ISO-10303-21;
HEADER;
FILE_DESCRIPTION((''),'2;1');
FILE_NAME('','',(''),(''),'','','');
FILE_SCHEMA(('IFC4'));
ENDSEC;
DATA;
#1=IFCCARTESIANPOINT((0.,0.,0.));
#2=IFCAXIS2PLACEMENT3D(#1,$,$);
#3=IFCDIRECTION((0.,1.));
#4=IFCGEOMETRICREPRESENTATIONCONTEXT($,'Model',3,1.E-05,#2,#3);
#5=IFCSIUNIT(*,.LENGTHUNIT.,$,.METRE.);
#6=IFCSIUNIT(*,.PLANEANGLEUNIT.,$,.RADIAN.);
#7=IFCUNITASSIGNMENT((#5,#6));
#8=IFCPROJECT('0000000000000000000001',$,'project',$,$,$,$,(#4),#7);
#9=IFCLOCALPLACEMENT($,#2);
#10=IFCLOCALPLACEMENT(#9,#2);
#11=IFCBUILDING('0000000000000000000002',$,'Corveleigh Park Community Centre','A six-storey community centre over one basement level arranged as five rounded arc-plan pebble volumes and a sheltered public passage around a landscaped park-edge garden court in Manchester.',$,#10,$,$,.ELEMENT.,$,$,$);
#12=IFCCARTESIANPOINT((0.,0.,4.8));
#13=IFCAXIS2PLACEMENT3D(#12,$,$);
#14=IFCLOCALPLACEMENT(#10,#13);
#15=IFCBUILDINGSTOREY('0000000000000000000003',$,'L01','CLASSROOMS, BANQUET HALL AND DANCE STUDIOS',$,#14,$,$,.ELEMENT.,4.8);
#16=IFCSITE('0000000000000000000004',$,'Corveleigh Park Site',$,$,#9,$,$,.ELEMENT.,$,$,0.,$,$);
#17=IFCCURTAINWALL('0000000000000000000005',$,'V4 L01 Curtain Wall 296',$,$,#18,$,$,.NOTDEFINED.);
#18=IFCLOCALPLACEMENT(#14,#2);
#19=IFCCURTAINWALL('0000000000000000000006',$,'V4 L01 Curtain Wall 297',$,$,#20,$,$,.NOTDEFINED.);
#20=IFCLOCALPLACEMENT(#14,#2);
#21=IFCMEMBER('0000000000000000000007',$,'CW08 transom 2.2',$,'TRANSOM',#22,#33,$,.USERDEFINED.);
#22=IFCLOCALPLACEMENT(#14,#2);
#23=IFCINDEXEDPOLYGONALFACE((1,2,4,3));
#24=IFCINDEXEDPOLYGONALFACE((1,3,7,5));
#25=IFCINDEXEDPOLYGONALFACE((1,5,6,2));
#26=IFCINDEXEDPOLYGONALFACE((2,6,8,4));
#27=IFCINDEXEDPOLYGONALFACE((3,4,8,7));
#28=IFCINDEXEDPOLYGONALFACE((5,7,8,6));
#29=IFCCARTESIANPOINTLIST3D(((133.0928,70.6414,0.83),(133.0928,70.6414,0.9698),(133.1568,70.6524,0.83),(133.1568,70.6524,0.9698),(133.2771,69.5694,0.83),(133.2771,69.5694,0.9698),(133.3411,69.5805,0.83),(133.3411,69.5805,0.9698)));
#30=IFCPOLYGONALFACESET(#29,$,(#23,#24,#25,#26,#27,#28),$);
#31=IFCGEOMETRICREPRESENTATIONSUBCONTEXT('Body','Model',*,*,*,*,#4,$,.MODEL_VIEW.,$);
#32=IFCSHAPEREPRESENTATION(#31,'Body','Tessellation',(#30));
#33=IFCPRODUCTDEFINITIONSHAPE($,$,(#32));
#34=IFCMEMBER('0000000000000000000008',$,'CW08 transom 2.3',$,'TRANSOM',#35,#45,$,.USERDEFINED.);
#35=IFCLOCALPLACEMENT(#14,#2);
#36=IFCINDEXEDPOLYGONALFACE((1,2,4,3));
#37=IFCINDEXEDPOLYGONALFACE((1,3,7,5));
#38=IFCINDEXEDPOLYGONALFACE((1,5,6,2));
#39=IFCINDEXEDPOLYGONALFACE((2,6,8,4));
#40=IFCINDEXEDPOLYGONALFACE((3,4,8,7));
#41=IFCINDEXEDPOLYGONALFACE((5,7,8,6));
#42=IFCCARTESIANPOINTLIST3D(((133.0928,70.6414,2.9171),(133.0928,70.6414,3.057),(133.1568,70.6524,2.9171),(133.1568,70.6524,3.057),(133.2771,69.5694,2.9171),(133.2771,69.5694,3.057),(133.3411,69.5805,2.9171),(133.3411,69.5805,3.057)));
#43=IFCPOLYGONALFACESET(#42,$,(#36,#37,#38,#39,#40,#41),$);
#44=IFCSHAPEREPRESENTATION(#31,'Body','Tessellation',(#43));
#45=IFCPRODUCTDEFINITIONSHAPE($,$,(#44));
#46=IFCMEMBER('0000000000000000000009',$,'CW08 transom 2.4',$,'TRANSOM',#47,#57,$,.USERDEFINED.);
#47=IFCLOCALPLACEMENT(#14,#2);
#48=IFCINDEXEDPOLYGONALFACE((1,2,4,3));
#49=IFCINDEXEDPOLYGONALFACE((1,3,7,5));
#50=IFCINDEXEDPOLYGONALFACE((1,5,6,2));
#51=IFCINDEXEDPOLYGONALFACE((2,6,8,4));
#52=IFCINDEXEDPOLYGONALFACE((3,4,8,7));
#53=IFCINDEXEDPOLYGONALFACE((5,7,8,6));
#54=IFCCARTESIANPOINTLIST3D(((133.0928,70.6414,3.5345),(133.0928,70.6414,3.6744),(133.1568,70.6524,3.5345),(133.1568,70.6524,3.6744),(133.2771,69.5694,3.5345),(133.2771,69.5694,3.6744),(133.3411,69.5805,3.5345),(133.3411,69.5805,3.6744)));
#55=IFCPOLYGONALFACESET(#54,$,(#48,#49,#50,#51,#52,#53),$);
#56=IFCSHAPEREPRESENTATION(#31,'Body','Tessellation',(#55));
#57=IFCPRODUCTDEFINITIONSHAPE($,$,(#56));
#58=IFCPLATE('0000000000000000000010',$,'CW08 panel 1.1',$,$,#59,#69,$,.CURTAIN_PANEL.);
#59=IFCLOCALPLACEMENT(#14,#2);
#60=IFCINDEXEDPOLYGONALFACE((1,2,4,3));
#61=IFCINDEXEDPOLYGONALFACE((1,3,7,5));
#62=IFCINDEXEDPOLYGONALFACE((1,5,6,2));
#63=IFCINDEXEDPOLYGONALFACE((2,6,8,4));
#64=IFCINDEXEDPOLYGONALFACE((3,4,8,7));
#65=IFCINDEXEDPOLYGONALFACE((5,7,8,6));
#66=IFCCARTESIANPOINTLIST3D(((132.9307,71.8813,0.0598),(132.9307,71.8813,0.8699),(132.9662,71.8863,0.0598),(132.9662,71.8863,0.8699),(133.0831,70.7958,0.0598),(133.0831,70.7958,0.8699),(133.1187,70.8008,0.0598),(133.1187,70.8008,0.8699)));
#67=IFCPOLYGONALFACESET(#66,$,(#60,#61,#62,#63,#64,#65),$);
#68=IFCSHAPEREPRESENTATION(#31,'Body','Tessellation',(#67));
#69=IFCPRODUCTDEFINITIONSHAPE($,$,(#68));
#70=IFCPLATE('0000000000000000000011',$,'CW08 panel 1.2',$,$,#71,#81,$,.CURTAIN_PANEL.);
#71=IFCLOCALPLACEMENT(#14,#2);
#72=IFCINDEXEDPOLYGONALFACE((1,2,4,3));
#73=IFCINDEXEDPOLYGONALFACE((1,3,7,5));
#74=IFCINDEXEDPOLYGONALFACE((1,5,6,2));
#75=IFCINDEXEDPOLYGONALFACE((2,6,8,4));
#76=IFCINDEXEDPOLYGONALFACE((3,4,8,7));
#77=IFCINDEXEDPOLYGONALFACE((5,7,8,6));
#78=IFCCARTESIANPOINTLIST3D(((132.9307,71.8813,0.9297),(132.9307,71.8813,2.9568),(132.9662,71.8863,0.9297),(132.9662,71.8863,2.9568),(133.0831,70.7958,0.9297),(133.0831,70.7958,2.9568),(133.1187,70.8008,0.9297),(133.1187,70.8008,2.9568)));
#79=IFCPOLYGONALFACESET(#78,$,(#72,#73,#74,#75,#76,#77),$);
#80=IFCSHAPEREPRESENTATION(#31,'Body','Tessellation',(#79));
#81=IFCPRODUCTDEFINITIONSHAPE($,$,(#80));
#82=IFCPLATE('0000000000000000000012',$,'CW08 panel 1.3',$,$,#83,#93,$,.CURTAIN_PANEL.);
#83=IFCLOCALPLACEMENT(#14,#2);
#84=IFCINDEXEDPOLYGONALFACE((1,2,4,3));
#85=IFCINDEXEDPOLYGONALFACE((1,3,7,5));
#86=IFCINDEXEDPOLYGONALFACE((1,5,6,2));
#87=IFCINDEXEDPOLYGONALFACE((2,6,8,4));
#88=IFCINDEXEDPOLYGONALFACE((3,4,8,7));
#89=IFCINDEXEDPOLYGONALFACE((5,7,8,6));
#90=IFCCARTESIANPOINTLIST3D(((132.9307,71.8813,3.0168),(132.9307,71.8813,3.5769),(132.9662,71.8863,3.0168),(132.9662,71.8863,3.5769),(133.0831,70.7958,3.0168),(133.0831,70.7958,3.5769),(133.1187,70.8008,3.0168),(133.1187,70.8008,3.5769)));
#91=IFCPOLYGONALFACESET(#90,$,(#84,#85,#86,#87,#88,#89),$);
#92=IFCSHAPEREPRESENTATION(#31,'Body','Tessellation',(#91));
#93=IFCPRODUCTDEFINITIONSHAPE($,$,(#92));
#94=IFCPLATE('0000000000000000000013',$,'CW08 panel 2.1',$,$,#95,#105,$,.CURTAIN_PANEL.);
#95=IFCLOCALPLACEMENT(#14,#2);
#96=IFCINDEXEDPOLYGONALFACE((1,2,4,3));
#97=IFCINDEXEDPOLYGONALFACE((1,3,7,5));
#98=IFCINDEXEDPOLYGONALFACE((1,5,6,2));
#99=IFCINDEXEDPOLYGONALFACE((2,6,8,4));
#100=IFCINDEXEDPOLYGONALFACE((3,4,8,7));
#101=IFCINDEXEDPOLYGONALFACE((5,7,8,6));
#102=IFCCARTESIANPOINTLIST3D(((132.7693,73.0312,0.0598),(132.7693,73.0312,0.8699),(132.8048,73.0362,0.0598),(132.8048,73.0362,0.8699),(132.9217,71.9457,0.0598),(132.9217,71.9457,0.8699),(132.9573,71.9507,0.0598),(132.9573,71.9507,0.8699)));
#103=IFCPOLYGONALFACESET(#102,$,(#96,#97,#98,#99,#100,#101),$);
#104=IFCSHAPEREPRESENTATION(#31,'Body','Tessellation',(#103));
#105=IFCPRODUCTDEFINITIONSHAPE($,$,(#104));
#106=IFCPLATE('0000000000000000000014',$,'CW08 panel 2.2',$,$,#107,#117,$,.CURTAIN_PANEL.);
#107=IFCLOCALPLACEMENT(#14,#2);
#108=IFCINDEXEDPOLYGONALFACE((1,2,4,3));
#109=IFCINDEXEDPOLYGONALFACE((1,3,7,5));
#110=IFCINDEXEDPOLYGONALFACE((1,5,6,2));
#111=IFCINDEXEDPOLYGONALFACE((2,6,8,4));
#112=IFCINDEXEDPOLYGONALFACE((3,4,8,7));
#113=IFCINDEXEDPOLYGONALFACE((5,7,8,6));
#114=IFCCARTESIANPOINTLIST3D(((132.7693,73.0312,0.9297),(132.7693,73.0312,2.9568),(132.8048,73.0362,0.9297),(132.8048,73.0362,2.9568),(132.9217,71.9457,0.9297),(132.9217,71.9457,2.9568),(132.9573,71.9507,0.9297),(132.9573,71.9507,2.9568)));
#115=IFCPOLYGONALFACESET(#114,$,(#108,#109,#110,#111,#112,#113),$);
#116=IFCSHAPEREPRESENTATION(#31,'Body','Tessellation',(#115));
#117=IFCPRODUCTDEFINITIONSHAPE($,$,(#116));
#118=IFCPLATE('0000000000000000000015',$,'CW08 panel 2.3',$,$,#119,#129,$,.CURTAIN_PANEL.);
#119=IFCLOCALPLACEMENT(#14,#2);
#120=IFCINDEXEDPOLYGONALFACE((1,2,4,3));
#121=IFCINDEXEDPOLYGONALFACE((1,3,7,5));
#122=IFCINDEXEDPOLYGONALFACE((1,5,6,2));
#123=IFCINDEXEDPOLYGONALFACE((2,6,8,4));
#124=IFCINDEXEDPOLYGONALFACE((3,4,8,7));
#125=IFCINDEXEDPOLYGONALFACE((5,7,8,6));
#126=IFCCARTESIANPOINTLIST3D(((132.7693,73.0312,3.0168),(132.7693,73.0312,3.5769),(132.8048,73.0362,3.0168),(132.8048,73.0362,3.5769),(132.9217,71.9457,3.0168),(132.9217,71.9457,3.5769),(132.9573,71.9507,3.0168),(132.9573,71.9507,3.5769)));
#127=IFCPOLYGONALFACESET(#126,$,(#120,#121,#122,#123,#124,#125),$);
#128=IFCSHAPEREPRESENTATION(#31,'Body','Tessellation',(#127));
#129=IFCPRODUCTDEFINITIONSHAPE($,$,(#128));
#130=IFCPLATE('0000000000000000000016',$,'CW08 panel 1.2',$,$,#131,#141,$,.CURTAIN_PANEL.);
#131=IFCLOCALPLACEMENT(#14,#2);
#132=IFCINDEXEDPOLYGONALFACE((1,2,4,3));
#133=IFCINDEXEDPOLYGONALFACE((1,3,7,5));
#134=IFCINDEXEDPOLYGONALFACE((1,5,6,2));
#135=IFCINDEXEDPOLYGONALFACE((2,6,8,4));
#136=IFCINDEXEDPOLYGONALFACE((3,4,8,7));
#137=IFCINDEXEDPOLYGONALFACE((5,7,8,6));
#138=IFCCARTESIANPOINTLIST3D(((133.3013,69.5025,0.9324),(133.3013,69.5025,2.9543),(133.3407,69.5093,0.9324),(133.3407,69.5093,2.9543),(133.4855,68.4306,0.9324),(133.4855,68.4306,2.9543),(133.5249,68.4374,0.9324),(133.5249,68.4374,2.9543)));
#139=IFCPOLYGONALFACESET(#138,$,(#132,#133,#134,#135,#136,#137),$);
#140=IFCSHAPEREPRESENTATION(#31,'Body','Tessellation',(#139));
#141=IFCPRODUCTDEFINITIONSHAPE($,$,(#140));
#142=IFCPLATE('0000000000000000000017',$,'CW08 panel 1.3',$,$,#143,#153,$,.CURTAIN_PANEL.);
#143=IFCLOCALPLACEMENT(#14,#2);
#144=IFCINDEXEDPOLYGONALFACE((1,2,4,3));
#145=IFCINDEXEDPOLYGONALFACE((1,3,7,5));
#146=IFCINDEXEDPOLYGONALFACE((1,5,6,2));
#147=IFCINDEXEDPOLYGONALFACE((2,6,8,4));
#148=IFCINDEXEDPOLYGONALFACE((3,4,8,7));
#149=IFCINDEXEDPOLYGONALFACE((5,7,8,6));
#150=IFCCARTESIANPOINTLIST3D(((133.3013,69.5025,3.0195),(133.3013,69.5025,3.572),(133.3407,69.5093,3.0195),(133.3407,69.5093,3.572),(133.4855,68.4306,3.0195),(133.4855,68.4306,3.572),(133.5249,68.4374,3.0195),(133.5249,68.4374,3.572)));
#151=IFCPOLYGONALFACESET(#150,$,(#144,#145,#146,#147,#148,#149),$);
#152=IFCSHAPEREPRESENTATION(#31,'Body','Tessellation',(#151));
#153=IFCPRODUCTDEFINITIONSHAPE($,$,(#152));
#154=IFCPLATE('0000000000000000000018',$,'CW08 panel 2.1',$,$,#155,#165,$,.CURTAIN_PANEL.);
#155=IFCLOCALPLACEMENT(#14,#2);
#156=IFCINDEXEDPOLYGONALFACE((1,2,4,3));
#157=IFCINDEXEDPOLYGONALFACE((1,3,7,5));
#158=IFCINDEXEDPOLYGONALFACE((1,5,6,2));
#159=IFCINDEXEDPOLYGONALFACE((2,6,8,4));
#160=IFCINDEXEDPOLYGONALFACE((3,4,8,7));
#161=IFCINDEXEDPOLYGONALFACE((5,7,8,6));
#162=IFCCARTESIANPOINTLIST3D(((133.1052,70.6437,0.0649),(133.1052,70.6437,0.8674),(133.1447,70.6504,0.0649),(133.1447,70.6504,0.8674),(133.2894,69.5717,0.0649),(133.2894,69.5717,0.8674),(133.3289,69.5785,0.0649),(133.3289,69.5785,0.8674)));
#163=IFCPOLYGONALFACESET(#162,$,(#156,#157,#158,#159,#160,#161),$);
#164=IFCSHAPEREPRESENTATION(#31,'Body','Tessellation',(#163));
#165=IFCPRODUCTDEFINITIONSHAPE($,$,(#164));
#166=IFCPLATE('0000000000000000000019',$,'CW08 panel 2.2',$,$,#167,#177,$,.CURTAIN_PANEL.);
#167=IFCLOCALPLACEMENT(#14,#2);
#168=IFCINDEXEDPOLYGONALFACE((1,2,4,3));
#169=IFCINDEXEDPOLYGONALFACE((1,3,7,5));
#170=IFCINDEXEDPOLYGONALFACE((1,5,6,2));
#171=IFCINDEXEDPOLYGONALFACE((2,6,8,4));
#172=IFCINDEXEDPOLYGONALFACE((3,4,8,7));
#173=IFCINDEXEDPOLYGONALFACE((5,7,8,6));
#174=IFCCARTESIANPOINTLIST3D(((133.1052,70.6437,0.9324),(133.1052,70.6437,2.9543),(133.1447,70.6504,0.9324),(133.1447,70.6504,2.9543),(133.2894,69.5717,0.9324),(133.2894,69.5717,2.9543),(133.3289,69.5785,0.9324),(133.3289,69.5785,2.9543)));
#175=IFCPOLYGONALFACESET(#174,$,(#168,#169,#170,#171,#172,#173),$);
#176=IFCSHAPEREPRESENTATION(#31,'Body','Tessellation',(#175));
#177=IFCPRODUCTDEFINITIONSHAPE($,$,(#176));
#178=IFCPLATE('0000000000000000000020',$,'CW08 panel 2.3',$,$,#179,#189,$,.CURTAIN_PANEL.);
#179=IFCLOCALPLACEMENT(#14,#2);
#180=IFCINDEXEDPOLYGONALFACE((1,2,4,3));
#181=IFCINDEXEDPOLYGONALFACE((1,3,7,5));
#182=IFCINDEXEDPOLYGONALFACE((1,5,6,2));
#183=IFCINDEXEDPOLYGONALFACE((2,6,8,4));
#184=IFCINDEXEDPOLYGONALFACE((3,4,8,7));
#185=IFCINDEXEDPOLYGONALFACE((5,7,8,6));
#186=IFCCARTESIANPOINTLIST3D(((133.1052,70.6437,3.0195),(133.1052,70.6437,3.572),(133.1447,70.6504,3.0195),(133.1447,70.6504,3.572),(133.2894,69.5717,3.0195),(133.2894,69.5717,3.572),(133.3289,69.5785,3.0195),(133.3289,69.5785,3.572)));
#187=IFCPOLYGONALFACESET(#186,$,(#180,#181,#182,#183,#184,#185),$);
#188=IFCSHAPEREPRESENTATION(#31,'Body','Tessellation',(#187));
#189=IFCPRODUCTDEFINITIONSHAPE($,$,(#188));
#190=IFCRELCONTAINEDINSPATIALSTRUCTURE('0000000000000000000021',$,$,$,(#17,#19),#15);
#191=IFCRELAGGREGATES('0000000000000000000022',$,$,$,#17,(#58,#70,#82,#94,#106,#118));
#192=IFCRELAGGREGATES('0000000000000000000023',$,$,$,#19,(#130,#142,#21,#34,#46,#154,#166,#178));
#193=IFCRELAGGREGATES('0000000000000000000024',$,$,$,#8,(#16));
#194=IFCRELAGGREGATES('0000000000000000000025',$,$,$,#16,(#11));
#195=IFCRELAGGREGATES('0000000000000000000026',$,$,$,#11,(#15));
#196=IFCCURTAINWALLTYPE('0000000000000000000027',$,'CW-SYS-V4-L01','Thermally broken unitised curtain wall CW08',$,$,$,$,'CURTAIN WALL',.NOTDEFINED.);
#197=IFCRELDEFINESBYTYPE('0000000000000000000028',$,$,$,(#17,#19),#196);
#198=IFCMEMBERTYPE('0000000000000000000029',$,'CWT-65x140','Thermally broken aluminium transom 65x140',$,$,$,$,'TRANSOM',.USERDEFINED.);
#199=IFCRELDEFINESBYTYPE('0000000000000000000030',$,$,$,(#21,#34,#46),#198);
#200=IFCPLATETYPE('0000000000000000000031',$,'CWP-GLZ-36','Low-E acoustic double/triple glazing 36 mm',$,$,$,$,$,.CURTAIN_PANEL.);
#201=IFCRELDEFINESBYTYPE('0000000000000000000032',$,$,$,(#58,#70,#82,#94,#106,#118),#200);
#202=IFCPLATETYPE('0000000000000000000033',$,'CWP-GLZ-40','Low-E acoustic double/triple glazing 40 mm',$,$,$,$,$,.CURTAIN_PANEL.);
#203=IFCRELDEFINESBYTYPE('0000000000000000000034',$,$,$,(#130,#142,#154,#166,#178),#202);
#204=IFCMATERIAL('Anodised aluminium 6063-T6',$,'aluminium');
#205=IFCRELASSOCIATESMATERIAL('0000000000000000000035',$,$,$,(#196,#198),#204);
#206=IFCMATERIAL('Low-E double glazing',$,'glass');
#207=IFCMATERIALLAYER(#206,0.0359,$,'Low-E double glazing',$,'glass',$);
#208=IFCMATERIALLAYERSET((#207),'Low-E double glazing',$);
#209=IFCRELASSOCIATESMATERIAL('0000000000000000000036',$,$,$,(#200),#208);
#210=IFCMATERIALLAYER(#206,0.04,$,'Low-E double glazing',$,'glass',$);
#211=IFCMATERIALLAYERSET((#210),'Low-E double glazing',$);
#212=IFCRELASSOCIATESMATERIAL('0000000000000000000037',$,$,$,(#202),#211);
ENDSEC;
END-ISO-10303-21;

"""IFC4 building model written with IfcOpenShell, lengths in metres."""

from ifc_helpers import new_model, si_unit, direction, frame, origin, origin_2d, place, context, subcontext, project, spatial, rectangle, extrude, material, layer, layer_set, material_profile, profile_set, type_object, element, aggregate, save


model = new_model("IFC4")

# Units and contexts
model_context = context("Model", 3, precision=1e-05, world=origin(), true_north=direction((0.0, 1.0)))
body_context = subcontext(model_context, "Body", "Model", "MODEL_VIEW")
ifc_project = project(units=[si_unit("LENGTHUNIT", "METRE"), si_unit("PLANEANGLEUNIT", "RADIAN")], contexts=[model_context])

# Site, building, storey
site_placement = place(None, origin())
site = spatial("IfcSite", under=ifc_project, at=site_placement, Name="Corveleigh Park Site", CompositionType="ELEMENT", RefElevation=0.0)
building_placement = place(site_placement, origin())
building = spatial("IfcBuilding", under=site, at=building_placement, Name="Corveleigh Park Community Centre", Description="A six-storey community centre over one basement level arranged as five rounded arc-plan pebble volumes and a sheltered public passage around a landscaped park-edge garden court in Manchester.", CompositionType="ELEMENT")
storey_placement = place(building_placement, frame((0.0, 0.0, 4.8)))
storey = spatial("IfcBuildingStorey", under=building, at=storey_placement, Name="L01", Description="CLASSROOMS, BANQUET HALL AND DANCE STUDIOS", CompositionType="ELEMENT", Elevation=4.8)

# Curtain walls
ifc_material_1 = material(Name="Anodised aluminium 6063-T6", Category="aluminium")
curtain_wall_type = type_object("IfcCurtainWallType", Name="CW-SYS-V4-L01", Description="Thermally broken unitised curtain wall CW08", ElementType="CURTAIN WALL", PredefinedType="NOTDEFINED", material=ifc_material_1)
curtain_wall_1_placement = place(storey_placement, origin())
curtain_wall_1 = element("IfcCurtainWall", 1, at=curtain_wall_1_placement, inside=storey, type_object=curtain_wall_type, Name="V4 L01 Curtain Wall 296", PredefinedType="NOTDEFINED")
curtain_wall_2_placement = place(storey_placement, origin())
curtain_wall_2 = element("IfcCurtainWall", 2, at=curtain_wall_2_placement, inside=storey, type_object=curtain_wall_type, Name="V4 L01 Curtain Wall 297", PredefinedType="NOTDEFINED")

# Members
ifc_material_profile_1 = material_profile(ifc_material_1, rectangle(XDim=0.0649, YDim=0.1399, at=origin_2d()), Name="ALU-T65x140", Category="aluminium")
ifc_profile_set_1 = profile_set([ifc_material_profile_1], Name="Anodised aluminium 6063-T6")
member_type_1 = type_object("IfcMemberType", Name="CWT-65x140", Description="Thermally broken aluminium transom 65x140", ElementType="TRANSOM", PredefinedType="USERDEFINED", material=ifc_profile_set_1)
member_1_placement = place(storey_placement, frame((133.3091, 69.575, 0.8999), z_axis=(-0.169456, 0.985538, 0.0), x_axis=(-0.985538, -0.169456, 0.0)))
member_1 = element("IfcMember", 3, at=member_1_placement, type_object=member_type_1, Name="CW08 transom 2.2", ObjectType="TRANSOM", PredefinedType="USERDEFINED", context=body_context, shape_type="SweptSolid", body=[
    extrude(rectangle(XDim=0.0649, YDim=0.1399, at=origin_2d()), origin(), (0.0, 0.0, 1.0), 1.0876),
])
member_2_placement = place(storey_placement, frame((133.3091, 69.575, 2.9871), z_axis=(-0.169456, 0.985538, 0.0), x_axis=(-0.985538, -0.169456, 0.0)))
member_2 = element("IfcMember", 4, at=member_2_placement, type_object=member_type_1, Name="CW08 transom 2.3", ObjectType="TRANSOM", PredefinedType="USERDEFINED", context=body_context, shape_type="SweptSolid", body=[
    extrude(rectangle(XDim=0.0649, YDim=0.1399, at=origin_2d()), origin(), (0.0, 0.0, 1.0), 1.0876),
])
member_3_placement = place(storey_placement, frame((133.3091, 69.575, 3.6045), z_axis=(-0.169456, 0.985538, 0.0), x_axis=(-0.985538, -0.169456, 0.0)))
member_3 = element("IfcMember", 5, at=member_3_placement, type_object=member_type_1, Name="CW08 transom 2.4", ObjectType="TRANSOM", PredefinedType="USERDEFINED", context=body_context, shape_type="SweptSolid", body=[
    extrude(rectangle(XDim=0.0649, YDim=0.1399, at=origin_2d()), origin(), (0.0, 0.0, 1.0), 1.0876),
])

# Plates
ifc_material_2 = material(Name="Low-E double glazing", Category="glass")
ifc_layer_1 = layer(ifc_material_2, 0.0359, Name="Low-E double glazing", Category="glass")
ifc_layer_set_1 = layer_set([ifc_layer_1], Name="Low-E double glazing")
plate_type_1 = type_object("IfcPlateType", Name="CWP-GLZ-36", Description="Low-E acoustic double/triple glazing 36 mm", PredefinedType="CURTAIN_PANEL", material=ifc_layer_set_1)
plate_1_placement = place(storey_placement, frame((133.0247, 71.3411, 0.0598), z_axis=(0.0, 0.0, 1.0), x_axis=(-0.139075, 0.990282, 0.0)))
plate_1 = element("IfcPlate", 6, at=plate_1_placement, type_object=plate_type_1, Name="CW08 panel 1.1", PredefinedType="CURTAIN_PANEL", context=body_context, shape_type="SweptSolid", body=[
    extrude(rectangle(XDim=1.0962, YDim=0.0359, at=origin_2d()), origin(), (0.0, 0.0, 1.0), 0.8101),
])
plate_2_placement = place(storey_placement, frame((133.0247, 71.3411, 0.9297), z_axis=(0.0, 0.0, 1.0), x_axis=(-0.139075, 0.990282, 0.0)))
plate_2 = element("IfcPlate", 7, at=plate_2_placement, type_object=plate_type_1, Name="CW08 panel 1.2", PredefinedType="CURTAIN_PANEL", context=body_context, shape_type="SweptSolid", body=[
    extrude(rectangle(XDim=1.0962, YDim=0.0359, at=origin_2d()), origin(), (0.0, 0.0, 1.0), 2.0271),
])
plate_3_placement = place(storey_placement, frame((133.0247, 71.3411, 3.0168), z_axis=(0.0, 0.0, 1.0), x_axis=(-0.139075, 0.990282, 0.0)))
plate_3 = element("IfcPlate", 8, at=plate_3_placement, type_object=plate_type_1, Name="CW08 panel 1.3", PredefinedType="CURTAIN_PANEL", context=body_context, shape_type="SweptSolid", body=[
    extrude(rectangle(XDim=1.0962, YDim=0.0359, at=origin_2d()), origin(), (0.0, 0.0, 1.0), 0.5601),
])
plate_4_placement = place(storey_placement, frame((132.8633, 72.491, 0.0598), z_axis=(0.0, 0.0, 1.0), x_axis=(-0.139075, 0.990282, 0.0)))
plate_4 = element("IfcPlate", 9, at=plate_4_placement, type_object=plate_type_1, Name="CW08 panel 2.1", PredefinedType="CURTAIN_PANEL", context=body_context, shape_type="SweptSolid", body=[
    extrude(rectangle(XDim=1.0962, YDim=0.0359, at=origin_2d()), origin(), (0.0, 0.0, 1.0), 0.8101),
])
plate_5_placement = place(storey_placement, frame((132.8633, 72.491, 0.9297), z_axis=(0.0, 0.0, 1.0), x_axis=(-0.139075, 0.990282, 0.0)))
plate_5 = element("IfcPlate", 10, at=plate_5_placement, type_object=plate_type_1, Name="CW08 panel 2.2", PredefinedType="CURTAIN_PANEL", context=body_context, shape_type="SweptSolid", body=[
    extrude(rectangle(XDim=1.0962, YDim=0.0359, at=origin_2d()), origin(), (0.0, 0.0, 1.0), 2.0271),
])
plate_6_placement = place(storey_placement, frame((132.8633, 72.491, 3.0168), z_axis=(0.0, 0.0, 1.0), x_axis=(-0.139075, 0.990282, 0.0)))
plate_6 = element("IfcPlate", 11, at=plate_6_placement, type_object=plate_type_1, Name="CW08 panel 2.3", PredefinedType="CURTAIN_PANEL", context=body_context, shape_type="SweptSolid", body=[
    extrude(rectangle(XDim=1.0962, YDim=0.0359, at=origin_2d()), origin(), (0.0, 0.0, 1.0), 0.5601),
])
aggregate(curtain_wall_1, [plate_1, plate_2, plate_3, plate_4, plate_5, plate_6])
ifc_layer_2 = layer(ifc_material_2, 0.04, Name="Low-E double glazing", Category="glass")
ifc_layer_set_2 = layer_set([ifc_layer_2], Name="Low-E double glazing")
plate_type_2 = type_object("IfcPlateType", Name="CWP-GLZ-40", Description="Low-E acoustic double/triple glazing 40 mm", PredefinedType="CURTAIN_PANEL", material=ifc_layer_set_2)
plate_7_placement = place(storey_placement, frame((133.4131, 68.97, 0.9324), z_axis=(0.0, 0.0, 1.0), x_axis=(-0.169359, 0.985554, 0.0)))
plate_7 = element("IfcPlate", 12, at=plate_7_placement, type_object=plate_type_2, Name="CW08 panel 1.2", PredefinedType="CURTAIN_PANEL", context=body_context, shape_type="SweptSolid", body=[
    extrude(rectangle(XDim=1.0876, YDim=0.04, at=origin_2d()), origin(), (0.0, 0.0, 1.0), 2.022),
])
plate_8_placement = place(storey_placement, frame((133.4131, 68.97, 3.0195), z_axis=(0.0, 0.0, 1.0), x_axis=(-0.169359, 0.985554, 0.0)))
plate_8 = element("IfcPlate", 13, at=plate_8_placement, type_object=plate_type_2, Name="CW08 panel 1.3", PredefinedType="CURTAIN_PANEL", context=body_context, shape_type="SweptSolid", body=[
    extrude(rectangle(XDim=1.0876, YDim=0.04, at=origin_2d()), origin(), (0.0, 0.0, 1.0), 0.5525),
])
plate_9_placement = place(storey_placement, frame((133.217, 70.1111, 0.0649), z_axis=(0.0, 0.0, 1.0), x_axis=(-0.169359, 0.985554, 0.0)))
plate_9 = element("IfcPlate", 14, at=plate_9_placement, type_object=plate_type_2, Name="CW08 panel 2.1", PredefinedType="CURTAIN_PANEL", context=body_context, shape_type="SweptSolid", body=[
    extrude(rectangle(XDim=1.0876, YDim=0.04, at=origin_2d()), origin(), (0.0, 0.0, 1.0), 0.8025),
])
plate_10_placement = place(storey_placement, frame((133.217, 70.1111, 0.9324), z_axis=(0.0, 0.0, 1.0), x_axis=(-0.169359, 0.985554, 0.0)))
plate_10 = element("IfcPlate", 15, at=plate_10_placement, type_object=plate_type_2, Name="CW08 panel 2.2", PredefinedType="CURTAIN_PANEL", context=body_context, shape_type="SweptSolid", body=[
    extrude(rectangle(XDim=1.0876, YDim=0.04, at=origin_2d()), origin(), (0.0, 0.0, 1.0), 2.022),
])
plate_11_placement = place(storey_placement, frame((133.217, 70.1111, 3.0195), z_axis=(0.0, 0.0, 1.0), x_axis=(-0.169359, 0.985554, 0.0)))
plate_11 = element("IfcPlate", 16, at=plate_11_placement, type_object=plate_type_2, Name="CW08 panel 2.3", PredefinedType="CURTAIN_PANEL", context=body_context, shape_type="SweptSolid", body=[
    extrude(rectangle(XDim=1.0876, YDim=0.04, at=origin_2d()), origin(), (0.0, 0.0, 1.0), 0.5525),
])
aggregate(curtain_wall_2, [plate_7, plate_8, member_1, member_2, member_3, plate_9, plate_10, plate_11])

save(model, "model.ifc")
